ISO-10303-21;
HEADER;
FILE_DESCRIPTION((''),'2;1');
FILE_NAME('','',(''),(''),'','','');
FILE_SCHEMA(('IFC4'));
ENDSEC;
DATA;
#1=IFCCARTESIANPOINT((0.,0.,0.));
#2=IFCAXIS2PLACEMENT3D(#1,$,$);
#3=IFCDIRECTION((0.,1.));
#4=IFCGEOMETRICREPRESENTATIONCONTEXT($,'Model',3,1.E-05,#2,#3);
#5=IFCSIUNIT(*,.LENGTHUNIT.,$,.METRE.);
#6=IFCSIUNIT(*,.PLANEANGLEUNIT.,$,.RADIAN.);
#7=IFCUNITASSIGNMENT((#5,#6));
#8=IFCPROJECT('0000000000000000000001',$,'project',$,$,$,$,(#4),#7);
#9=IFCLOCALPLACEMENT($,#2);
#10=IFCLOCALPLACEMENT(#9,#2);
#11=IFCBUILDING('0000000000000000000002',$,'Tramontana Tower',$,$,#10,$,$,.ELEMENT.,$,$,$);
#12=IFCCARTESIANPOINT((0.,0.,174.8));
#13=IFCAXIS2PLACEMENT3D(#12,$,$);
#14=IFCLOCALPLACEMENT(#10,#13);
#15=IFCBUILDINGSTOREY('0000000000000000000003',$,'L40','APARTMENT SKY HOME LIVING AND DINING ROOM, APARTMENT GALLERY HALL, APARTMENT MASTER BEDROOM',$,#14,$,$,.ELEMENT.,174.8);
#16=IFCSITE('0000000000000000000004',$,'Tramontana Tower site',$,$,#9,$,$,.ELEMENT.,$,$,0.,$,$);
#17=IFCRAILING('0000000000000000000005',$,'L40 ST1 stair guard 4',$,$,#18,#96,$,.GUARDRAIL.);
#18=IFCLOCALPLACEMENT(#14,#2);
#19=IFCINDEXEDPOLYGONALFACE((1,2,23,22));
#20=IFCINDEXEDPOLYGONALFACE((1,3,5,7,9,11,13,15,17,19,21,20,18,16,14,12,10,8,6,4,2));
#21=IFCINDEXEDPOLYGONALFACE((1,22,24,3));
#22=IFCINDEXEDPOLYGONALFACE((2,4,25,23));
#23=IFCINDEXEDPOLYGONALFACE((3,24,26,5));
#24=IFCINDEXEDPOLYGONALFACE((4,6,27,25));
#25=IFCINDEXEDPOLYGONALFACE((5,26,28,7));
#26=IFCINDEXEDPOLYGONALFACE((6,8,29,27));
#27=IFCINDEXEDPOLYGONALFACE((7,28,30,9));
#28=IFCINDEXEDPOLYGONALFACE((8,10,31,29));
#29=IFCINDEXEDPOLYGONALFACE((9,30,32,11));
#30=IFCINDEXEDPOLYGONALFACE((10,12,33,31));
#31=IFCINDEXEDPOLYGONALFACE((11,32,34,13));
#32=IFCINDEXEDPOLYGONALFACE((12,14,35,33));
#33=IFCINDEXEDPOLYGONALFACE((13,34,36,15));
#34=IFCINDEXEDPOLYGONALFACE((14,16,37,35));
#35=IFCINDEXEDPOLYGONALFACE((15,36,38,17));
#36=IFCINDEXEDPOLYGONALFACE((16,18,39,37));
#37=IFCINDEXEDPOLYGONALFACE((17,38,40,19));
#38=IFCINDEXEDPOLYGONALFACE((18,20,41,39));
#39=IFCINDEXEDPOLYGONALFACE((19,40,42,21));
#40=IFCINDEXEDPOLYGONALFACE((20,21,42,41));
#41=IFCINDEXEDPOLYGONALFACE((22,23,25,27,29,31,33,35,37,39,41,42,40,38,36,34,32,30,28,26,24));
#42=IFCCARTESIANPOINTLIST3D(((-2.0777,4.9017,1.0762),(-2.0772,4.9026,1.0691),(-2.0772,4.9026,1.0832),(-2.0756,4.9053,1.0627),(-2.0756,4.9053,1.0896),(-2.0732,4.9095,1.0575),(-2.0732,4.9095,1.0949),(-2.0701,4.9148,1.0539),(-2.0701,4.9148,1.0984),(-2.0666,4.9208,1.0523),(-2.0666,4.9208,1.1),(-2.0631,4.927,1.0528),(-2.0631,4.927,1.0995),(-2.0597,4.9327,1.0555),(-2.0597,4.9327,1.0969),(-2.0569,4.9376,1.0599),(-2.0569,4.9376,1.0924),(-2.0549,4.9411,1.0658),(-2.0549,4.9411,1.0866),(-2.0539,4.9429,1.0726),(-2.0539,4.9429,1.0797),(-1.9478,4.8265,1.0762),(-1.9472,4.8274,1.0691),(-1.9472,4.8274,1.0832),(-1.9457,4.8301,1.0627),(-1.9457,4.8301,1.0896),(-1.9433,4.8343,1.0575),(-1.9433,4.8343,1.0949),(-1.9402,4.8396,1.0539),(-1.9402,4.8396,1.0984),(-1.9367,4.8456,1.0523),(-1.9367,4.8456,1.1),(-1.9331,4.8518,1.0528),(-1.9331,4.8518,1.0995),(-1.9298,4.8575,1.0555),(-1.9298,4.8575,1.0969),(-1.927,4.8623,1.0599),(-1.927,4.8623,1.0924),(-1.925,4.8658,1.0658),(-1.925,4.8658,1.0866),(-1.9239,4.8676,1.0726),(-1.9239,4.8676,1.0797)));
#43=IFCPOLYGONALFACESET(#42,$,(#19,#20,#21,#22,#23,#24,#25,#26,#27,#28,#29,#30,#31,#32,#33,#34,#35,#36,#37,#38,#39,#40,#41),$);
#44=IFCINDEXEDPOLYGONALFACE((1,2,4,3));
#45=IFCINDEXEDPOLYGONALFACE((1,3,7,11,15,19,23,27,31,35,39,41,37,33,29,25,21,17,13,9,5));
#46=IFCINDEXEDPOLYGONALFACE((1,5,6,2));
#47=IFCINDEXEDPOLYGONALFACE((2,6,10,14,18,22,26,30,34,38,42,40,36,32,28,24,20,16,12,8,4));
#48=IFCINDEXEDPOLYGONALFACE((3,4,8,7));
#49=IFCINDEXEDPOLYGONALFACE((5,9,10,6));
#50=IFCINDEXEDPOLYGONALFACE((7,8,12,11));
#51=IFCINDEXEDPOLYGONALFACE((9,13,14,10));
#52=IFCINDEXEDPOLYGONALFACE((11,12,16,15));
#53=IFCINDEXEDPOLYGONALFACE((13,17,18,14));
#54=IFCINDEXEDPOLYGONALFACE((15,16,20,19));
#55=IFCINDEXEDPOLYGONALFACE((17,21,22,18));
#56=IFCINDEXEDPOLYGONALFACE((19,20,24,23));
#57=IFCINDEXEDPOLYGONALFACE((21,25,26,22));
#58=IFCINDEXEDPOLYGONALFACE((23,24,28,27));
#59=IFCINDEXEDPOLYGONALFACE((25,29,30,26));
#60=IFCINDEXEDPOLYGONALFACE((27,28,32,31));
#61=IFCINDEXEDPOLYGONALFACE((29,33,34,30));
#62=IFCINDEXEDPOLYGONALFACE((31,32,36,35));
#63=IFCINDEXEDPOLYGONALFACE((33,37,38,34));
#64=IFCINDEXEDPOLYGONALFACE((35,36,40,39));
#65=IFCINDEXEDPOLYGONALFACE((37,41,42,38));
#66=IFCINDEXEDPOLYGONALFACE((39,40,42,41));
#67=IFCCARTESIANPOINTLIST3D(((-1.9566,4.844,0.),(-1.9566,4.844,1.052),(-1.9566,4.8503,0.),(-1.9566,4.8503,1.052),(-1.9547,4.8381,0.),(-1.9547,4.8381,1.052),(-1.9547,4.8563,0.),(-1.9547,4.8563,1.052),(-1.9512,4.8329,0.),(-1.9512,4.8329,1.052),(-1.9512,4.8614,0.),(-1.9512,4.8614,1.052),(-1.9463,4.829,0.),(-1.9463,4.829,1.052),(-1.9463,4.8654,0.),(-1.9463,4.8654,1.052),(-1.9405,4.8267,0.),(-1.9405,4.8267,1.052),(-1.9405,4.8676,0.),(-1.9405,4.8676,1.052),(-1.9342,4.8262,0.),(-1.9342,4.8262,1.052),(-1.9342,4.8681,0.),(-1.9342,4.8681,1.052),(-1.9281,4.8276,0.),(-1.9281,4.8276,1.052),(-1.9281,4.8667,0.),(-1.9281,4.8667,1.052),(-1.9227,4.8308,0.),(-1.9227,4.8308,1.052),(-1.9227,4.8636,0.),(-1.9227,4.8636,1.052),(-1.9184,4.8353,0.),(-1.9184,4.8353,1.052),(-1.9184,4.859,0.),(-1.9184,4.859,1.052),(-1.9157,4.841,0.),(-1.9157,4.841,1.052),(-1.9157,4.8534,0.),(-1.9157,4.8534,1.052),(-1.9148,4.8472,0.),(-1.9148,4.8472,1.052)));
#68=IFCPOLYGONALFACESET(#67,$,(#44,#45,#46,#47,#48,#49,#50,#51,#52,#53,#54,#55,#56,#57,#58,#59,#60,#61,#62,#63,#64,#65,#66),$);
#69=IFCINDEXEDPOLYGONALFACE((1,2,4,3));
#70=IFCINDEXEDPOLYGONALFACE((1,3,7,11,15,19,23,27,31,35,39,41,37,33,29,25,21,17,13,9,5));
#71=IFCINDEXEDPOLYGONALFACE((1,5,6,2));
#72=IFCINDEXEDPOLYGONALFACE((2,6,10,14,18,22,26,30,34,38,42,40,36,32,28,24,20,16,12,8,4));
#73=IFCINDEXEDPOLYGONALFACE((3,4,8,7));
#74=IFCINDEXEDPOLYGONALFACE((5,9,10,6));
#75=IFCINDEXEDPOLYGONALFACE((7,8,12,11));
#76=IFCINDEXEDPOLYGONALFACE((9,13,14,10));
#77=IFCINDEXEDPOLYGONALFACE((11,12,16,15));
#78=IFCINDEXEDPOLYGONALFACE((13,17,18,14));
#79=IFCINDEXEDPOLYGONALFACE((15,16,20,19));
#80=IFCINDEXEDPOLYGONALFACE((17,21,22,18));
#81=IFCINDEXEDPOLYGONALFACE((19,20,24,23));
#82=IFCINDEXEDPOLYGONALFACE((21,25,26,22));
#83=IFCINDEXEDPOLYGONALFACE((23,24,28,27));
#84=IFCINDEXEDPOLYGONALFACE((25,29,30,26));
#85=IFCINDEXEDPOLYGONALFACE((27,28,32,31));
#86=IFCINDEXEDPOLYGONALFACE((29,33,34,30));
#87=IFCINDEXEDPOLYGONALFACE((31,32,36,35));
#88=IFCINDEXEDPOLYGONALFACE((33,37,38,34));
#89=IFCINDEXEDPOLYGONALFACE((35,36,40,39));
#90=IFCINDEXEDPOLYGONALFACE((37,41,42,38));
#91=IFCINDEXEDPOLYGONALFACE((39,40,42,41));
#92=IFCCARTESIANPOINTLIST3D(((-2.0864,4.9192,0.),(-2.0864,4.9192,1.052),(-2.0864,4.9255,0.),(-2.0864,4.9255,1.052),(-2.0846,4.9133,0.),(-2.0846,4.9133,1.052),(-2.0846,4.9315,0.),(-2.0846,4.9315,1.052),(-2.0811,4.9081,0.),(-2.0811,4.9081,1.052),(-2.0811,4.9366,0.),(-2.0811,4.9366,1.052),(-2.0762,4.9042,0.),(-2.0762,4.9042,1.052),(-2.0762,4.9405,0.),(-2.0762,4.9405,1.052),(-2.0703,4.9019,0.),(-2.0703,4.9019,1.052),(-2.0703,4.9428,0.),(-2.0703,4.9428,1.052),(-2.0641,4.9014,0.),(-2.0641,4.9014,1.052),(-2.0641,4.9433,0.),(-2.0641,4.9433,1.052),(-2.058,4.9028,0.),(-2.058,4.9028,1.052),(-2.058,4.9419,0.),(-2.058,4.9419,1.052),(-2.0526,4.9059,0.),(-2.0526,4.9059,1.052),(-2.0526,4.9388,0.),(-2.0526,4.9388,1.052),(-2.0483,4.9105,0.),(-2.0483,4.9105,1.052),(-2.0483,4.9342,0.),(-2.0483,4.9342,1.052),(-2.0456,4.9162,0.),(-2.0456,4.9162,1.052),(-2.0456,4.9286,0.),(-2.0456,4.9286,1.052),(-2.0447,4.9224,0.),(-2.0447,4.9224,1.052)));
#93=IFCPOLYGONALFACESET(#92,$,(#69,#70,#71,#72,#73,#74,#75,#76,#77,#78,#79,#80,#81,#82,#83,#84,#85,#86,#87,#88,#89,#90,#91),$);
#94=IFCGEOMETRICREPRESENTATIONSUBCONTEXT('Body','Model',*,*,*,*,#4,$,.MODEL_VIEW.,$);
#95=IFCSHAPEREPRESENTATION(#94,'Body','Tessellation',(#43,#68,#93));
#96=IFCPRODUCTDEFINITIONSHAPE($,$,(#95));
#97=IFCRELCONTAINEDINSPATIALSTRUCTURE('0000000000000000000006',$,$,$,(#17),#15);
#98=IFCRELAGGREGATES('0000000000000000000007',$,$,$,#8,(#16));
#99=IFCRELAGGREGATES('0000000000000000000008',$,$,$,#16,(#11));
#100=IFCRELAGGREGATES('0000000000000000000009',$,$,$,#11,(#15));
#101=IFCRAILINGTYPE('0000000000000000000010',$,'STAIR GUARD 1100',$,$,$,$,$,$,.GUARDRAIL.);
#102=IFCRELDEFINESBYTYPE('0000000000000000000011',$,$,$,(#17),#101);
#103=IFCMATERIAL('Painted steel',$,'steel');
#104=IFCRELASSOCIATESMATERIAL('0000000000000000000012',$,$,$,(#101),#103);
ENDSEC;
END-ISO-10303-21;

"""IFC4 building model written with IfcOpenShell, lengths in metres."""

from ifc_helpers import new_model, si_unit, direction, frame, origin, origin_2d, place, context, subcontext, project, spatial, circle, extrude, material, type_object, element, save


model = new_model("IFC4")

# Units and contexts
model_context = context("Model", 3, precision=1e-05, world=origin(), true_north=direction((0.0, 1.0)))
body_context = subcontext(model_context, "Body", "Model", "MODEL_VIEW")
ifc_project = project(units=[si_unit("LENGTHUNIT", "METRE"), si_unit("PLANEANGLEUNIT", "RADIAN")], contexts=[model_context])

# Site, building, storey
site_placement = place(None, origin())
site = spatial("IfcSite", under=ifc_project, at=site_placement, Name="Tramontana Tower site", CompositionType="ELEMENT", RefElevation=0.0)
building_placement = place(site_placement, origin())
building = spatial("IfcBuilding", under=site, at=building_placement, Name="Tramontana Tower", CompositionType="ELEMENT")
storey_placement = place(building_placement, frame((0.0, 0.0, 174.8)))
storey = spatial("IfcBuildingStorey", under=building, at=storey_placement, Name="L40", Description="APARTMENT SKY HOME LIVING AND DINING ROOM, APARTMENT GALLERY HALL, APARTMENT MASTER BEDROOM", CompositionType="ELEMENT", Elevation=174.8)

# Railing
ifc_material_1 = material(Name="Painted steel", Category="steel")
railing_type_1 = type_object("IfcRailingType", Name="STAIR GUARD 1100", PredefinedType="GUARDRAIL", material=ifc_material_1)
railing_1_placement = place(storey_placement, frame((-1.9358, 4.8472, 0.0)))
element("IfcRailing", 1, at=railing_1_placement, inside=storey, type_object=railing_type_1, Name="L40 ST1 stair guard 4", PredefinedType="GUARDRAIL", context=body_context, shape_type="SweptSolid", body=[
    extrude(circle(Radius=0.0239, at=origin_2d()), frame((0.0, 0.0, 1.0762), z_axis=(-0.865426, 0.501036, 0.0), x_axis=(-0.501036, -0.865426, 0.0)), (0.0, 0.0, 1.0), 0.1501),
    extrude(circle(Radius=0.021, at=origin_2d()), origin(), (0.0, 0.0, 1.0), 1.052),
    extrude(circle(Radius=0.021, at=origin_2d()), frame((-0.1299, 0.0752, 0.0)), (0.0, 0.0, 1.0), 1.052),
])

save(model, "model.ifc")
